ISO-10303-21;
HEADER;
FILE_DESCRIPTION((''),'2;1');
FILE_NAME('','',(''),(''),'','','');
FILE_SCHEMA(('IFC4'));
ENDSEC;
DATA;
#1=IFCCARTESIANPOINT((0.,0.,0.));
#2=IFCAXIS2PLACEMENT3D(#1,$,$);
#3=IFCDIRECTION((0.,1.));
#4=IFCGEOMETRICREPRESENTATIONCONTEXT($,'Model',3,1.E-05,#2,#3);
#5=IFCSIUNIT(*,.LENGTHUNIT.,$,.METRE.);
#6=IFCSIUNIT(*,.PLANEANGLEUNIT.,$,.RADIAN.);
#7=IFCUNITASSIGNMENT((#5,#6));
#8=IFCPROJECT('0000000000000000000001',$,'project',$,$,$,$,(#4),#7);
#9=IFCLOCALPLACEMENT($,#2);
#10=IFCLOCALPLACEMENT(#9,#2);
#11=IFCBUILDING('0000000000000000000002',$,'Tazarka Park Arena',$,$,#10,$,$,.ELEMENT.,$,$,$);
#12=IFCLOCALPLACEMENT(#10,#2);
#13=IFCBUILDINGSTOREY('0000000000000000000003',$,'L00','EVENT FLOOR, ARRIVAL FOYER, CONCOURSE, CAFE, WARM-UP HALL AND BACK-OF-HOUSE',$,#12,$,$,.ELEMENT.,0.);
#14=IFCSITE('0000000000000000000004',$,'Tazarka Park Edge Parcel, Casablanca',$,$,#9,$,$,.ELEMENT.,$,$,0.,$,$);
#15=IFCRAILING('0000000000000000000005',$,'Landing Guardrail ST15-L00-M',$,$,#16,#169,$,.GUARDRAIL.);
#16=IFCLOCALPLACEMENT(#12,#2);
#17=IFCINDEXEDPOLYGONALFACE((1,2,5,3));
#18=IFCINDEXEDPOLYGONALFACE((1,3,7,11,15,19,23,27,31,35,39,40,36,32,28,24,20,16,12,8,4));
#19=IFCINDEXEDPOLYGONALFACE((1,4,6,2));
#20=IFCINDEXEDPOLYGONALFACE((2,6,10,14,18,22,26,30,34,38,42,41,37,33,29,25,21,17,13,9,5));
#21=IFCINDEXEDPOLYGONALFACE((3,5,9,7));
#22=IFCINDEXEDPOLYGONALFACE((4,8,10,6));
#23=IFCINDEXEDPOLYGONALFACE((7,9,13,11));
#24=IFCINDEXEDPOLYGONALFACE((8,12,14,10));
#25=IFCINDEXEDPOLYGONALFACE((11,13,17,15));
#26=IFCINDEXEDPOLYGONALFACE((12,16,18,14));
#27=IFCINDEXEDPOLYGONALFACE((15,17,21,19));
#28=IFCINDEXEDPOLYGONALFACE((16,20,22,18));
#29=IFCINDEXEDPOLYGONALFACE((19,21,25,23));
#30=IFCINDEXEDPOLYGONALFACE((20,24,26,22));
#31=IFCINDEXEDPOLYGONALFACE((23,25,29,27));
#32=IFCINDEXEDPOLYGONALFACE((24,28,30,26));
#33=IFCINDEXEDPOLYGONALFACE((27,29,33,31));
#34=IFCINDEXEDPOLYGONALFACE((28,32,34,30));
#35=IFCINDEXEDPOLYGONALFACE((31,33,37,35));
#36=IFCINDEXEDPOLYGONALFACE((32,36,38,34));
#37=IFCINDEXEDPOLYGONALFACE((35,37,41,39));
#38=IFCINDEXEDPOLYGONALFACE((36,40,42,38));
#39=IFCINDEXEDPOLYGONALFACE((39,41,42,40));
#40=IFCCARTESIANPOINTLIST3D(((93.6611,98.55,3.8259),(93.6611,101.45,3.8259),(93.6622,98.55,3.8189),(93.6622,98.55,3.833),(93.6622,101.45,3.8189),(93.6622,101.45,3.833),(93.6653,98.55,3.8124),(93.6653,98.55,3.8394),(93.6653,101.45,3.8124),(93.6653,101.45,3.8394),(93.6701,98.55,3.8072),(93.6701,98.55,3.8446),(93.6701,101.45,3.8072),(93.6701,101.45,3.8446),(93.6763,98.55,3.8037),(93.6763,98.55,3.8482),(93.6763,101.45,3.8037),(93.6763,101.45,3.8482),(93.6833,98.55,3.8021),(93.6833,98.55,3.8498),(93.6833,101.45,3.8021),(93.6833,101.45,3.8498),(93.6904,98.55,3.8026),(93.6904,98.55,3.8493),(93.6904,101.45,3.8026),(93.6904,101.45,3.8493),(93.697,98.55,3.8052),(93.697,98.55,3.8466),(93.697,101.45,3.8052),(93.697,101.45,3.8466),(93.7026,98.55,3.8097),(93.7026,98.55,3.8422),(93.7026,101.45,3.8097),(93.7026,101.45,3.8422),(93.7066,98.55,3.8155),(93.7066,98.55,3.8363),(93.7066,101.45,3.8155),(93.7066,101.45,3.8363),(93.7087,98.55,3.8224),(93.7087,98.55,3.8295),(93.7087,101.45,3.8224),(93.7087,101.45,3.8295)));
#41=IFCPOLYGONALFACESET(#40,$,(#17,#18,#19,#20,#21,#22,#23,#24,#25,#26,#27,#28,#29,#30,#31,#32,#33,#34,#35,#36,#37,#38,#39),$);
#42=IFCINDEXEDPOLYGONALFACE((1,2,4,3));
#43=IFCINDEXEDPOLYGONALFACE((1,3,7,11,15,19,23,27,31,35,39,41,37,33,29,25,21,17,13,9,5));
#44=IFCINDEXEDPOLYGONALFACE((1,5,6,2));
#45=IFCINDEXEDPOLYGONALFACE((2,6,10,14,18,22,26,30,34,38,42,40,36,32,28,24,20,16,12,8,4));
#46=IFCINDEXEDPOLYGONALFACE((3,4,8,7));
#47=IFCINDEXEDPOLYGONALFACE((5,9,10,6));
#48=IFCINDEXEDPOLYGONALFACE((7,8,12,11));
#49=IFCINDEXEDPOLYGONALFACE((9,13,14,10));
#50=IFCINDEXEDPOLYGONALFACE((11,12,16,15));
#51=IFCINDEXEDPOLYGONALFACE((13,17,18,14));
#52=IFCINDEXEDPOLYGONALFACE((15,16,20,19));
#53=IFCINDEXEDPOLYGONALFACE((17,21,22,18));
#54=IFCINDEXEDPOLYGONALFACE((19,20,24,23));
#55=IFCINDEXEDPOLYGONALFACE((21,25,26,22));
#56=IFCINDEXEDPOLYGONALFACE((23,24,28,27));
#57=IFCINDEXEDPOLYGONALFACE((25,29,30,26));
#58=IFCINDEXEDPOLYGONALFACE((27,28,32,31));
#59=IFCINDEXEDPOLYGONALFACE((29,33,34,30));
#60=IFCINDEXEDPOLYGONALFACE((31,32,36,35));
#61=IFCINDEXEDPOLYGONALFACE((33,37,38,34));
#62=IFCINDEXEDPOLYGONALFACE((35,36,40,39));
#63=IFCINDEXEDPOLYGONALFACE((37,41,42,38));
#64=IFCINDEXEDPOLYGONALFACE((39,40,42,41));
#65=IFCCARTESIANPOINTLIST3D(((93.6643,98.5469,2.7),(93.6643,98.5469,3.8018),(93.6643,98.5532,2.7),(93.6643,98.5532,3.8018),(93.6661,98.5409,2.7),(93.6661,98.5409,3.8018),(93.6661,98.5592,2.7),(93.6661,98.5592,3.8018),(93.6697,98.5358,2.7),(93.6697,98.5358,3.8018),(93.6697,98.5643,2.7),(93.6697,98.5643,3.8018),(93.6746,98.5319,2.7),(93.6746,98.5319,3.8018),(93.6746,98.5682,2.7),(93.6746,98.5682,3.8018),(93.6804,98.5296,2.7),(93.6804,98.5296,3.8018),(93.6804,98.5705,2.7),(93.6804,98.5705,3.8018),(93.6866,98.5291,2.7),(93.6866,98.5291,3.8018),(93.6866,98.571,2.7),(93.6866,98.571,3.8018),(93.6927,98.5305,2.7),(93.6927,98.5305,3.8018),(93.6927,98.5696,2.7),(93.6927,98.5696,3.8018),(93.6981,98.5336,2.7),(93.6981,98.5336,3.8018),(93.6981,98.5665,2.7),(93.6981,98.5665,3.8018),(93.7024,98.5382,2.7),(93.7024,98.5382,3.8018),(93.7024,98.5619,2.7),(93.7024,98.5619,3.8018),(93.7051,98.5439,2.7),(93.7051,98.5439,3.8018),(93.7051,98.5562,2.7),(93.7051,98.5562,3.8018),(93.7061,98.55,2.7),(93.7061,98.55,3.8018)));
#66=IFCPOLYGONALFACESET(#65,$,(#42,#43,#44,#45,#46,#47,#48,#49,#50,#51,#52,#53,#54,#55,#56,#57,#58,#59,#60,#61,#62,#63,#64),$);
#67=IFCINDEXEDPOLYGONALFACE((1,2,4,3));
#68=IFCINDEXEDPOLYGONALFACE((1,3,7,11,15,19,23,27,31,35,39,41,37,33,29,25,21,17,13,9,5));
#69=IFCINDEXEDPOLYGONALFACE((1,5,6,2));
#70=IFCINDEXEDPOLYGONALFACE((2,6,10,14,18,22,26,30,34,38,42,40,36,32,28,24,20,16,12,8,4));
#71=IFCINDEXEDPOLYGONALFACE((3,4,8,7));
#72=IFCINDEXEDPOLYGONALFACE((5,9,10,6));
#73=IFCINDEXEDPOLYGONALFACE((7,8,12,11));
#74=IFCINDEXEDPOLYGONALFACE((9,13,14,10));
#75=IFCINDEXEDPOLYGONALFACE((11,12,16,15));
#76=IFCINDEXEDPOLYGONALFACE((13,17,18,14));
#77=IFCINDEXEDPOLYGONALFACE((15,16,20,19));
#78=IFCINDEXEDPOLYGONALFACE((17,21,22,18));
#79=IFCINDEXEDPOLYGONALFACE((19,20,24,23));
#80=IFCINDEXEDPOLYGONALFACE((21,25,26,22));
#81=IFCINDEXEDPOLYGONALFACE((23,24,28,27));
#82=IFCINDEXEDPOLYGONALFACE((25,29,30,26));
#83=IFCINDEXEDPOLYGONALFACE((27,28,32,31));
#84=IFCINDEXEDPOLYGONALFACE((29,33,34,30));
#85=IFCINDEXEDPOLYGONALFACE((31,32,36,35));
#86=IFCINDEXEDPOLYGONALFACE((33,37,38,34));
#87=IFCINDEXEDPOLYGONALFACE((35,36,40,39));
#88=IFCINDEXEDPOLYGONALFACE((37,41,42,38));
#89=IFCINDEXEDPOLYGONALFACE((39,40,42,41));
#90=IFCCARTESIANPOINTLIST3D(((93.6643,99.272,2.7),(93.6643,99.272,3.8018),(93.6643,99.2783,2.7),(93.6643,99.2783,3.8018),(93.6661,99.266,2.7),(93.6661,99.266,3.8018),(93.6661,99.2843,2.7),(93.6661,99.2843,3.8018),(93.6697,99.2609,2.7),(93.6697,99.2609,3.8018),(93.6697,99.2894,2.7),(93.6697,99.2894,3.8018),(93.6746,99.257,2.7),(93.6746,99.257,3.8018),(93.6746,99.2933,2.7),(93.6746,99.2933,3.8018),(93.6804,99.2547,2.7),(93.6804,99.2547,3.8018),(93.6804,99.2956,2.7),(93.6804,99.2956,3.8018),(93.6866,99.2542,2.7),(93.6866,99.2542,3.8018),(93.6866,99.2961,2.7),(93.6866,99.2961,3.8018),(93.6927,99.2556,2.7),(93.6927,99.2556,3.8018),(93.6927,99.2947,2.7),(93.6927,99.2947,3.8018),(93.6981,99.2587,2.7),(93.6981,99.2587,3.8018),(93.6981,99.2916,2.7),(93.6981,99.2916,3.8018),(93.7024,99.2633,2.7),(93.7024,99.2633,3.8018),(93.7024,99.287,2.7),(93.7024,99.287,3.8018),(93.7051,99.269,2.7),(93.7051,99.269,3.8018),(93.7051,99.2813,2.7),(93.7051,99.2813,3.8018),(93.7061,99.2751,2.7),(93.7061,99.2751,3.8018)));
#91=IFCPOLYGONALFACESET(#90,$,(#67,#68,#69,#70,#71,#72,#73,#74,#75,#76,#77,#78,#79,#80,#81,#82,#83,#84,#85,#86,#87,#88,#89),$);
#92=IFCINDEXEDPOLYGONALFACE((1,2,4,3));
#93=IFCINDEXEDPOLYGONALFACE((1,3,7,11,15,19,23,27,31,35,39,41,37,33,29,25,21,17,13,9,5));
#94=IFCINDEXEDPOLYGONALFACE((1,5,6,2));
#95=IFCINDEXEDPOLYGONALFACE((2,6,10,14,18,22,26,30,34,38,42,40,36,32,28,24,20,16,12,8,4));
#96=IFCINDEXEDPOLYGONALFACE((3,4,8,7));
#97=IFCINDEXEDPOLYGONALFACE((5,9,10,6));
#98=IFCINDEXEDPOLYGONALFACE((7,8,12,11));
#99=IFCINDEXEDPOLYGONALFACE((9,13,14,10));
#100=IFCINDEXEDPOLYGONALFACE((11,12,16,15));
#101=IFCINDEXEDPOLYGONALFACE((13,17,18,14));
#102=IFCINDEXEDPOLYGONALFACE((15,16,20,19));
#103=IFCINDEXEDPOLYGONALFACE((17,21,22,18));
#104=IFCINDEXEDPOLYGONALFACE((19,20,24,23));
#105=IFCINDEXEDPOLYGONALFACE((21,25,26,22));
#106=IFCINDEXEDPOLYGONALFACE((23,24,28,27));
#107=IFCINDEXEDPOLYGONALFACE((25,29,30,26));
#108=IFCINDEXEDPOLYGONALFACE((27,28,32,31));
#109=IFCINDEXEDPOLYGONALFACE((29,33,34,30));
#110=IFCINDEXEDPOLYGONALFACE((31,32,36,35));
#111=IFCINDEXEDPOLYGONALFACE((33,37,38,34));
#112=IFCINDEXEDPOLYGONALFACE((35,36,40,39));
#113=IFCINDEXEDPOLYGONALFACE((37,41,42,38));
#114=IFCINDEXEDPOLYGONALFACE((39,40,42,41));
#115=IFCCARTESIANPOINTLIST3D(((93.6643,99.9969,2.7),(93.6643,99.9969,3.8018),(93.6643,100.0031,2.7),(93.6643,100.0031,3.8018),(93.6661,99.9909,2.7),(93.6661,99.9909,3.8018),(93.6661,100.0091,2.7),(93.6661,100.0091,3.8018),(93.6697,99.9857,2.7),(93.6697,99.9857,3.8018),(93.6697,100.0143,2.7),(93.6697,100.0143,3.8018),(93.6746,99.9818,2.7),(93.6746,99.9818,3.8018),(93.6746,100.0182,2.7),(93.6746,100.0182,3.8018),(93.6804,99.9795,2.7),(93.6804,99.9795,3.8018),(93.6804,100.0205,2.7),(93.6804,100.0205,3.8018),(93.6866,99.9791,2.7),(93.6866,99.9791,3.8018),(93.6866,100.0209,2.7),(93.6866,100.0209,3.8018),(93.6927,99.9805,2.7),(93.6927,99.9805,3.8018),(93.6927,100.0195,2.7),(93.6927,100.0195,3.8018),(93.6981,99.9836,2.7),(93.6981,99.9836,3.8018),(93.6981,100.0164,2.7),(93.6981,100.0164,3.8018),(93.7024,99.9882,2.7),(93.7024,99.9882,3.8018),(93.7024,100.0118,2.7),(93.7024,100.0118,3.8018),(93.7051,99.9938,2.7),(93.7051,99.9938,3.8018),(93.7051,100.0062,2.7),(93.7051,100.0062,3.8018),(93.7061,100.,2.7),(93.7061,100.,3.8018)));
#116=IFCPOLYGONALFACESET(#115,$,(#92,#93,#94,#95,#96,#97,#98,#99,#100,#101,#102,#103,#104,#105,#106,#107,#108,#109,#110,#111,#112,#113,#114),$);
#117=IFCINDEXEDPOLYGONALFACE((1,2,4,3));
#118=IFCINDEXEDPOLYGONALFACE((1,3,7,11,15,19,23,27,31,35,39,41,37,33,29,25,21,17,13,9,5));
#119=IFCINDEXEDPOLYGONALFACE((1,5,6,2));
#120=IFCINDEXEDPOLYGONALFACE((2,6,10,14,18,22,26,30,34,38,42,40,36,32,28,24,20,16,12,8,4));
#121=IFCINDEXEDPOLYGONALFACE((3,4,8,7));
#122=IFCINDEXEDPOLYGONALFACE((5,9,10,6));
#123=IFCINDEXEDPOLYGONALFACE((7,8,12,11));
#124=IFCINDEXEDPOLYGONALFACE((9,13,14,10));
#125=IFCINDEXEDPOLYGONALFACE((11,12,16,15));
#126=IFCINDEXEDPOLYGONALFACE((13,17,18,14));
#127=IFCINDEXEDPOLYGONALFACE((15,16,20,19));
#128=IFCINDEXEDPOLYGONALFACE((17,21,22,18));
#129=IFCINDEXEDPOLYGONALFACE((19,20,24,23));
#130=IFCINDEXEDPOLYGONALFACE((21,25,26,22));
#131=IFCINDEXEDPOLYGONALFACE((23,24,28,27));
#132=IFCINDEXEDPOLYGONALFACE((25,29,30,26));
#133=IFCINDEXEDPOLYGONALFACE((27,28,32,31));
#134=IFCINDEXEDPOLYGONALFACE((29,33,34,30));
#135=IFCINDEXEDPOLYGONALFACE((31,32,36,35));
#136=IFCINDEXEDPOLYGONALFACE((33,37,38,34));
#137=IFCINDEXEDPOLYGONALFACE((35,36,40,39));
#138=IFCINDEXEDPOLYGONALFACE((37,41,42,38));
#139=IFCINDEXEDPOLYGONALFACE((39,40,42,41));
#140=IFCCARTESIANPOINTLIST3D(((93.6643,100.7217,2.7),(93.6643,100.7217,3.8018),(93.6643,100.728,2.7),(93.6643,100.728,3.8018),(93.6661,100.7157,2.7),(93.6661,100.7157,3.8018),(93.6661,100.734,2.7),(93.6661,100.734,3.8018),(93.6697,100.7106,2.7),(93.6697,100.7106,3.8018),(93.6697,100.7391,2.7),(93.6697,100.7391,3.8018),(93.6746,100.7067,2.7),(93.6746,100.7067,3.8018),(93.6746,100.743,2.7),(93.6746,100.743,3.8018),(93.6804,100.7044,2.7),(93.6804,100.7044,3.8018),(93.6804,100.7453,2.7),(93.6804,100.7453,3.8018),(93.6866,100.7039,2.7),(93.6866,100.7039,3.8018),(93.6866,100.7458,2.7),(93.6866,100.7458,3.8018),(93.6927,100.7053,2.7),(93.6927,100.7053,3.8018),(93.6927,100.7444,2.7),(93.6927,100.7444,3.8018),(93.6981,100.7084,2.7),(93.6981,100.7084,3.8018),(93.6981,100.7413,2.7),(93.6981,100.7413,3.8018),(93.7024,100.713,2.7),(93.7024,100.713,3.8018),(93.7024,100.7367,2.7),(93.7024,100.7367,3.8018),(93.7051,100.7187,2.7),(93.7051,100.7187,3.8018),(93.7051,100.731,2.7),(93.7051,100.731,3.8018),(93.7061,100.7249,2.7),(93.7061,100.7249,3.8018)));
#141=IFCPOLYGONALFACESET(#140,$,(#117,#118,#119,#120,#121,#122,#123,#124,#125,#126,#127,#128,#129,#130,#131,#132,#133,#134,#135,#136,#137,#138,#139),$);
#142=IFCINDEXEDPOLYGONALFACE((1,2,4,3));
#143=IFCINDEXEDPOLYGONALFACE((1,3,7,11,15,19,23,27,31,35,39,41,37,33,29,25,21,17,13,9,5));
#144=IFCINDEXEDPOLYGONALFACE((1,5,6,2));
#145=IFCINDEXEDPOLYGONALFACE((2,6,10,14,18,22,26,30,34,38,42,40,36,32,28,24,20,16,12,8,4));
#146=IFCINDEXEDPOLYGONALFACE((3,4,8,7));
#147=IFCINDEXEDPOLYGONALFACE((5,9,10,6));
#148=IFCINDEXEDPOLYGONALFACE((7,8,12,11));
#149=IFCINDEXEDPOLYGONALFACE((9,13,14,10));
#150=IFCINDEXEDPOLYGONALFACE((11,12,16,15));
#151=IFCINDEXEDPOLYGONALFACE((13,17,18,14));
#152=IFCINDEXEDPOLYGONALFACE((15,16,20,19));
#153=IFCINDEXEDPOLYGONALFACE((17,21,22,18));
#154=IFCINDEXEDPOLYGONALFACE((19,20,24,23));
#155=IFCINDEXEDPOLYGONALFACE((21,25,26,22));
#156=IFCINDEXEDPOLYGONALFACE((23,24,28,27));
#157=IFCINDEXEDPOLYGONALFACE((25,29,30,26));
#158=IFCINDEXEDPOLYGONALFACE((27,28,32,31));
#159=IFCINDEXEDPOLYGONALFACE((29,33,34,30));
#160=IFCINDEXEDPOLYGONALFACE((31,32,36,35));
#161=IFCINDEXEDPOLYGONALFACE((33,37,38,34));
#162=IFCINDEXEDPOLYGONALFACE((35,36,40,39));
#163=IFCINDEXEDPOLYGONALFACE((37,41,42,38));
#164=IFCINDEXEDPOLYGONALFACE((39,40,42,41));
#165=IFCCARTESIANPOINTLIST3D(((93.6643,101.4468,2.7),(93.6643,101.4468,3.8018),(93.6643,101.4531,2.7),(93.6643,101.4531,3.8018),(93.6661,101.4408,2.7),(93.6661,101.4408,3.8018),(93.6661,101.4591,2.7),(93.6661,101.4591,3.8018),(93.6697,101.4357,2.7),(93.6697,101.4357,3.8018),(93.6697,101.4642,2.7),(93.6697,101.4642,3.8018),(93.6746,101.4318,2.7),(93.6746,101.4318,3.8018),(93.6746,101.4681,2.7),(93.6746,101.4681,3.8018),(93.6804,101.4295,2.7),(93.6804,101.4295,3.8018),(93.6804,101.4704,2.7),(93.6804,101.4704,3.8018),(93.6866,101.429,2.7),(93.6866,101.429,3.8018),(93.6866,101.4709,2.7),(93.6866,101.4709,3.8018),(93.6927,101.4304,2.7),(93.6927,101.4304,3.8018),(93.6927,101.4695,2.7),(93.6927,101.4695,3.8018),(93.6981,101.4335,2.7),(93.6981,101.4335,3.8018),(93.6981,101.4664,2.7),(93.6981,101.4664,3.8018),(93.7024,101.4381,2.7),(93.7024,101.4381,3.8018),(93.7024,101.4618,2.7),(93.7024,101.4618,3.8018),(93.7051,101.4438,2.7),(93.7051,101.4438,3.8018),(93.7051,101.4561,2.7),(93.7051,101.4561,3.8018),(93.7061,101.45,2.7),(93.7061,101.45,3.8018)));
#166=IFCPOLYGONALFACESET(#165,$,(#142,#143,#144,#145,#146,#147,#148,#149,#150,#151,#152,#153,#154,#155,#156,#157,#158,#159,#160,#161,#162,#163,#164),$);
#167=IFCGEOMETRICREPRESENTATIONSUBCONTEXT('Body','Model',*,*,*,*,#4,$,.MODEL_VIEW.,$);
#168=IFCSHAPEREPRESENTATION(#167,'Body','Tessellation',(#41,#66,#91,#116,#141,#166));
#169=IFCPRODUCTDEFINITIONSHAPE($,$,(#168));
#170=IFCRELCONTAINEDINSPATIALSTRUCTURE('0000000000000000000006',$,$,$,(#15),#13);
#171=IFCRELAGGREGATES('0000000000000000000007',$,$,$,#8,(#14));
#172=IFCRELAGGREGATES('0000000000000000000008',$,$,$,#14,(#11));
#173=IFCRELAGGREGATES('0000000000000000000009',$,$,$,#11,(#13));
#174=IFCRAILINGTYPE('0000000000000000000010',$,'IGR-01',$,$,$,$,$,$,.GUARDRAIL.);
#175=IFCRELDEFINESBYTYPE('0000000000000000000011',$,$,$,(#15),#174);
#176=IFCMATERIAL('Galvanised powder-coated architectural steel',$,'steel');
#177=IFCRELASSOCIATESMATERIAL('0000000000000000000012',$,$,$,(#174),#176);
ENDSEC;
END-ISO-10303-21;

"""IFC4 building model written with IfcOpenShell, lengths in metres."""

from ifc_helpers import new_model, si_unit, direction, frame, origin, origin_2d, place, context, subcontext, project, spatial, circle, extrude, material, type_object, element, save


model = new_model("IFC4")

# Units and contexts
model_context = context("Model", 3, precision=1e-05, world=origin(), true_north=direction((0.0, 1.0)))
body_context = subcontext(model_context, "Body", "Model", "MODEL_VIEW")
ifc_project = project(units=[si_unit("LENGTHUNIT", "METRE"), si_unit("PLANEANGLEUNIT", "RADIAN")], contexts=[model_context])

# Site, building, storey
site_placement = place(None, origin())
site = spatial("IfcSite", under=ifc_project, at=site_placement, Name="Tazarka Park Edge Parcel, Casablanca", CompositionType="ELEMENT", RefElevation=0.0)
building_placement = place(site_placement, origin())
building = spatial("IfcBuilding", under=site, at=building_placement, Name="Tazarka Park Arena", CompositionType="ELEMENT")
storey_placement = place(building_placement, origin())
storey = spatial("IfcBuildingStorey", under=building, at=storey_placement, Name="L00", Description="EVENT FLOOR, ARRIVAL FOYER, CONCOURSE, CAFE, WARM-UP HALL AND BACK-OF-HOUSE", CompositionType="ELEMENT", Elevation=0.0)

# Railing
ifc_material_1 = material(Name="Galvanised powder-coated architectural steel", Category="steel")
railing_type_1 = type_object("IfcRailingType", Name="IGR-01", PredefinedType="GUARDRAIL", material=ifc_material_1)
for number, where, name in (
    (1, (93.6851, 98.55, 2.7), "Landing Guardrail ST15-L00-M"),
):
    element("IfcRailing", number, at=place(storey_placement, frame(where)), inside=storey, type_object=railing_type_1, Name=name, PredefinedType="GUARDRAIL", context=body_context, shape_type="SweptSolid", body=[
        extrude(circle(Radius=0.0239, at=origin_2d()), frame((0.0, 0.0, 1.126), z_axis=(0.0, 1.0, 0.0), x_axis=(-1.0, 0.0, 0.0)), (0.0, 0.0, 1.0), 2.8999),
        extrude(circle(Radius=0.021, at=origin_2d()), origin(), (0.0, 0.0, 1.0), 1.1018),
        extrude(circle(Radius=0.021, at=origin_2d()), frame((0.0, 0.7251, 0.0)), (0.0, 0.0, 1.0), 1.1018),
        extrude(circle(Radius=0.021, at=origin_2d()), frame((0.0, 1.45, 0.0)), (0.0, 0.0, 1.0), 1.1018),
        extrude(circle(Radius=0.021, at=origin_2d()), frame((0.0, 2.1748, 0.0)), (0.0, 0.0, 1.0), 1.1018),
        extrude(circle(Radius=0.021, at=origin_2d()), frame((0.0, 2.8999, 0.0)), (0.0, 0.0, 1.0), 1.1018),
    ])

save(model, "model.ifc")
